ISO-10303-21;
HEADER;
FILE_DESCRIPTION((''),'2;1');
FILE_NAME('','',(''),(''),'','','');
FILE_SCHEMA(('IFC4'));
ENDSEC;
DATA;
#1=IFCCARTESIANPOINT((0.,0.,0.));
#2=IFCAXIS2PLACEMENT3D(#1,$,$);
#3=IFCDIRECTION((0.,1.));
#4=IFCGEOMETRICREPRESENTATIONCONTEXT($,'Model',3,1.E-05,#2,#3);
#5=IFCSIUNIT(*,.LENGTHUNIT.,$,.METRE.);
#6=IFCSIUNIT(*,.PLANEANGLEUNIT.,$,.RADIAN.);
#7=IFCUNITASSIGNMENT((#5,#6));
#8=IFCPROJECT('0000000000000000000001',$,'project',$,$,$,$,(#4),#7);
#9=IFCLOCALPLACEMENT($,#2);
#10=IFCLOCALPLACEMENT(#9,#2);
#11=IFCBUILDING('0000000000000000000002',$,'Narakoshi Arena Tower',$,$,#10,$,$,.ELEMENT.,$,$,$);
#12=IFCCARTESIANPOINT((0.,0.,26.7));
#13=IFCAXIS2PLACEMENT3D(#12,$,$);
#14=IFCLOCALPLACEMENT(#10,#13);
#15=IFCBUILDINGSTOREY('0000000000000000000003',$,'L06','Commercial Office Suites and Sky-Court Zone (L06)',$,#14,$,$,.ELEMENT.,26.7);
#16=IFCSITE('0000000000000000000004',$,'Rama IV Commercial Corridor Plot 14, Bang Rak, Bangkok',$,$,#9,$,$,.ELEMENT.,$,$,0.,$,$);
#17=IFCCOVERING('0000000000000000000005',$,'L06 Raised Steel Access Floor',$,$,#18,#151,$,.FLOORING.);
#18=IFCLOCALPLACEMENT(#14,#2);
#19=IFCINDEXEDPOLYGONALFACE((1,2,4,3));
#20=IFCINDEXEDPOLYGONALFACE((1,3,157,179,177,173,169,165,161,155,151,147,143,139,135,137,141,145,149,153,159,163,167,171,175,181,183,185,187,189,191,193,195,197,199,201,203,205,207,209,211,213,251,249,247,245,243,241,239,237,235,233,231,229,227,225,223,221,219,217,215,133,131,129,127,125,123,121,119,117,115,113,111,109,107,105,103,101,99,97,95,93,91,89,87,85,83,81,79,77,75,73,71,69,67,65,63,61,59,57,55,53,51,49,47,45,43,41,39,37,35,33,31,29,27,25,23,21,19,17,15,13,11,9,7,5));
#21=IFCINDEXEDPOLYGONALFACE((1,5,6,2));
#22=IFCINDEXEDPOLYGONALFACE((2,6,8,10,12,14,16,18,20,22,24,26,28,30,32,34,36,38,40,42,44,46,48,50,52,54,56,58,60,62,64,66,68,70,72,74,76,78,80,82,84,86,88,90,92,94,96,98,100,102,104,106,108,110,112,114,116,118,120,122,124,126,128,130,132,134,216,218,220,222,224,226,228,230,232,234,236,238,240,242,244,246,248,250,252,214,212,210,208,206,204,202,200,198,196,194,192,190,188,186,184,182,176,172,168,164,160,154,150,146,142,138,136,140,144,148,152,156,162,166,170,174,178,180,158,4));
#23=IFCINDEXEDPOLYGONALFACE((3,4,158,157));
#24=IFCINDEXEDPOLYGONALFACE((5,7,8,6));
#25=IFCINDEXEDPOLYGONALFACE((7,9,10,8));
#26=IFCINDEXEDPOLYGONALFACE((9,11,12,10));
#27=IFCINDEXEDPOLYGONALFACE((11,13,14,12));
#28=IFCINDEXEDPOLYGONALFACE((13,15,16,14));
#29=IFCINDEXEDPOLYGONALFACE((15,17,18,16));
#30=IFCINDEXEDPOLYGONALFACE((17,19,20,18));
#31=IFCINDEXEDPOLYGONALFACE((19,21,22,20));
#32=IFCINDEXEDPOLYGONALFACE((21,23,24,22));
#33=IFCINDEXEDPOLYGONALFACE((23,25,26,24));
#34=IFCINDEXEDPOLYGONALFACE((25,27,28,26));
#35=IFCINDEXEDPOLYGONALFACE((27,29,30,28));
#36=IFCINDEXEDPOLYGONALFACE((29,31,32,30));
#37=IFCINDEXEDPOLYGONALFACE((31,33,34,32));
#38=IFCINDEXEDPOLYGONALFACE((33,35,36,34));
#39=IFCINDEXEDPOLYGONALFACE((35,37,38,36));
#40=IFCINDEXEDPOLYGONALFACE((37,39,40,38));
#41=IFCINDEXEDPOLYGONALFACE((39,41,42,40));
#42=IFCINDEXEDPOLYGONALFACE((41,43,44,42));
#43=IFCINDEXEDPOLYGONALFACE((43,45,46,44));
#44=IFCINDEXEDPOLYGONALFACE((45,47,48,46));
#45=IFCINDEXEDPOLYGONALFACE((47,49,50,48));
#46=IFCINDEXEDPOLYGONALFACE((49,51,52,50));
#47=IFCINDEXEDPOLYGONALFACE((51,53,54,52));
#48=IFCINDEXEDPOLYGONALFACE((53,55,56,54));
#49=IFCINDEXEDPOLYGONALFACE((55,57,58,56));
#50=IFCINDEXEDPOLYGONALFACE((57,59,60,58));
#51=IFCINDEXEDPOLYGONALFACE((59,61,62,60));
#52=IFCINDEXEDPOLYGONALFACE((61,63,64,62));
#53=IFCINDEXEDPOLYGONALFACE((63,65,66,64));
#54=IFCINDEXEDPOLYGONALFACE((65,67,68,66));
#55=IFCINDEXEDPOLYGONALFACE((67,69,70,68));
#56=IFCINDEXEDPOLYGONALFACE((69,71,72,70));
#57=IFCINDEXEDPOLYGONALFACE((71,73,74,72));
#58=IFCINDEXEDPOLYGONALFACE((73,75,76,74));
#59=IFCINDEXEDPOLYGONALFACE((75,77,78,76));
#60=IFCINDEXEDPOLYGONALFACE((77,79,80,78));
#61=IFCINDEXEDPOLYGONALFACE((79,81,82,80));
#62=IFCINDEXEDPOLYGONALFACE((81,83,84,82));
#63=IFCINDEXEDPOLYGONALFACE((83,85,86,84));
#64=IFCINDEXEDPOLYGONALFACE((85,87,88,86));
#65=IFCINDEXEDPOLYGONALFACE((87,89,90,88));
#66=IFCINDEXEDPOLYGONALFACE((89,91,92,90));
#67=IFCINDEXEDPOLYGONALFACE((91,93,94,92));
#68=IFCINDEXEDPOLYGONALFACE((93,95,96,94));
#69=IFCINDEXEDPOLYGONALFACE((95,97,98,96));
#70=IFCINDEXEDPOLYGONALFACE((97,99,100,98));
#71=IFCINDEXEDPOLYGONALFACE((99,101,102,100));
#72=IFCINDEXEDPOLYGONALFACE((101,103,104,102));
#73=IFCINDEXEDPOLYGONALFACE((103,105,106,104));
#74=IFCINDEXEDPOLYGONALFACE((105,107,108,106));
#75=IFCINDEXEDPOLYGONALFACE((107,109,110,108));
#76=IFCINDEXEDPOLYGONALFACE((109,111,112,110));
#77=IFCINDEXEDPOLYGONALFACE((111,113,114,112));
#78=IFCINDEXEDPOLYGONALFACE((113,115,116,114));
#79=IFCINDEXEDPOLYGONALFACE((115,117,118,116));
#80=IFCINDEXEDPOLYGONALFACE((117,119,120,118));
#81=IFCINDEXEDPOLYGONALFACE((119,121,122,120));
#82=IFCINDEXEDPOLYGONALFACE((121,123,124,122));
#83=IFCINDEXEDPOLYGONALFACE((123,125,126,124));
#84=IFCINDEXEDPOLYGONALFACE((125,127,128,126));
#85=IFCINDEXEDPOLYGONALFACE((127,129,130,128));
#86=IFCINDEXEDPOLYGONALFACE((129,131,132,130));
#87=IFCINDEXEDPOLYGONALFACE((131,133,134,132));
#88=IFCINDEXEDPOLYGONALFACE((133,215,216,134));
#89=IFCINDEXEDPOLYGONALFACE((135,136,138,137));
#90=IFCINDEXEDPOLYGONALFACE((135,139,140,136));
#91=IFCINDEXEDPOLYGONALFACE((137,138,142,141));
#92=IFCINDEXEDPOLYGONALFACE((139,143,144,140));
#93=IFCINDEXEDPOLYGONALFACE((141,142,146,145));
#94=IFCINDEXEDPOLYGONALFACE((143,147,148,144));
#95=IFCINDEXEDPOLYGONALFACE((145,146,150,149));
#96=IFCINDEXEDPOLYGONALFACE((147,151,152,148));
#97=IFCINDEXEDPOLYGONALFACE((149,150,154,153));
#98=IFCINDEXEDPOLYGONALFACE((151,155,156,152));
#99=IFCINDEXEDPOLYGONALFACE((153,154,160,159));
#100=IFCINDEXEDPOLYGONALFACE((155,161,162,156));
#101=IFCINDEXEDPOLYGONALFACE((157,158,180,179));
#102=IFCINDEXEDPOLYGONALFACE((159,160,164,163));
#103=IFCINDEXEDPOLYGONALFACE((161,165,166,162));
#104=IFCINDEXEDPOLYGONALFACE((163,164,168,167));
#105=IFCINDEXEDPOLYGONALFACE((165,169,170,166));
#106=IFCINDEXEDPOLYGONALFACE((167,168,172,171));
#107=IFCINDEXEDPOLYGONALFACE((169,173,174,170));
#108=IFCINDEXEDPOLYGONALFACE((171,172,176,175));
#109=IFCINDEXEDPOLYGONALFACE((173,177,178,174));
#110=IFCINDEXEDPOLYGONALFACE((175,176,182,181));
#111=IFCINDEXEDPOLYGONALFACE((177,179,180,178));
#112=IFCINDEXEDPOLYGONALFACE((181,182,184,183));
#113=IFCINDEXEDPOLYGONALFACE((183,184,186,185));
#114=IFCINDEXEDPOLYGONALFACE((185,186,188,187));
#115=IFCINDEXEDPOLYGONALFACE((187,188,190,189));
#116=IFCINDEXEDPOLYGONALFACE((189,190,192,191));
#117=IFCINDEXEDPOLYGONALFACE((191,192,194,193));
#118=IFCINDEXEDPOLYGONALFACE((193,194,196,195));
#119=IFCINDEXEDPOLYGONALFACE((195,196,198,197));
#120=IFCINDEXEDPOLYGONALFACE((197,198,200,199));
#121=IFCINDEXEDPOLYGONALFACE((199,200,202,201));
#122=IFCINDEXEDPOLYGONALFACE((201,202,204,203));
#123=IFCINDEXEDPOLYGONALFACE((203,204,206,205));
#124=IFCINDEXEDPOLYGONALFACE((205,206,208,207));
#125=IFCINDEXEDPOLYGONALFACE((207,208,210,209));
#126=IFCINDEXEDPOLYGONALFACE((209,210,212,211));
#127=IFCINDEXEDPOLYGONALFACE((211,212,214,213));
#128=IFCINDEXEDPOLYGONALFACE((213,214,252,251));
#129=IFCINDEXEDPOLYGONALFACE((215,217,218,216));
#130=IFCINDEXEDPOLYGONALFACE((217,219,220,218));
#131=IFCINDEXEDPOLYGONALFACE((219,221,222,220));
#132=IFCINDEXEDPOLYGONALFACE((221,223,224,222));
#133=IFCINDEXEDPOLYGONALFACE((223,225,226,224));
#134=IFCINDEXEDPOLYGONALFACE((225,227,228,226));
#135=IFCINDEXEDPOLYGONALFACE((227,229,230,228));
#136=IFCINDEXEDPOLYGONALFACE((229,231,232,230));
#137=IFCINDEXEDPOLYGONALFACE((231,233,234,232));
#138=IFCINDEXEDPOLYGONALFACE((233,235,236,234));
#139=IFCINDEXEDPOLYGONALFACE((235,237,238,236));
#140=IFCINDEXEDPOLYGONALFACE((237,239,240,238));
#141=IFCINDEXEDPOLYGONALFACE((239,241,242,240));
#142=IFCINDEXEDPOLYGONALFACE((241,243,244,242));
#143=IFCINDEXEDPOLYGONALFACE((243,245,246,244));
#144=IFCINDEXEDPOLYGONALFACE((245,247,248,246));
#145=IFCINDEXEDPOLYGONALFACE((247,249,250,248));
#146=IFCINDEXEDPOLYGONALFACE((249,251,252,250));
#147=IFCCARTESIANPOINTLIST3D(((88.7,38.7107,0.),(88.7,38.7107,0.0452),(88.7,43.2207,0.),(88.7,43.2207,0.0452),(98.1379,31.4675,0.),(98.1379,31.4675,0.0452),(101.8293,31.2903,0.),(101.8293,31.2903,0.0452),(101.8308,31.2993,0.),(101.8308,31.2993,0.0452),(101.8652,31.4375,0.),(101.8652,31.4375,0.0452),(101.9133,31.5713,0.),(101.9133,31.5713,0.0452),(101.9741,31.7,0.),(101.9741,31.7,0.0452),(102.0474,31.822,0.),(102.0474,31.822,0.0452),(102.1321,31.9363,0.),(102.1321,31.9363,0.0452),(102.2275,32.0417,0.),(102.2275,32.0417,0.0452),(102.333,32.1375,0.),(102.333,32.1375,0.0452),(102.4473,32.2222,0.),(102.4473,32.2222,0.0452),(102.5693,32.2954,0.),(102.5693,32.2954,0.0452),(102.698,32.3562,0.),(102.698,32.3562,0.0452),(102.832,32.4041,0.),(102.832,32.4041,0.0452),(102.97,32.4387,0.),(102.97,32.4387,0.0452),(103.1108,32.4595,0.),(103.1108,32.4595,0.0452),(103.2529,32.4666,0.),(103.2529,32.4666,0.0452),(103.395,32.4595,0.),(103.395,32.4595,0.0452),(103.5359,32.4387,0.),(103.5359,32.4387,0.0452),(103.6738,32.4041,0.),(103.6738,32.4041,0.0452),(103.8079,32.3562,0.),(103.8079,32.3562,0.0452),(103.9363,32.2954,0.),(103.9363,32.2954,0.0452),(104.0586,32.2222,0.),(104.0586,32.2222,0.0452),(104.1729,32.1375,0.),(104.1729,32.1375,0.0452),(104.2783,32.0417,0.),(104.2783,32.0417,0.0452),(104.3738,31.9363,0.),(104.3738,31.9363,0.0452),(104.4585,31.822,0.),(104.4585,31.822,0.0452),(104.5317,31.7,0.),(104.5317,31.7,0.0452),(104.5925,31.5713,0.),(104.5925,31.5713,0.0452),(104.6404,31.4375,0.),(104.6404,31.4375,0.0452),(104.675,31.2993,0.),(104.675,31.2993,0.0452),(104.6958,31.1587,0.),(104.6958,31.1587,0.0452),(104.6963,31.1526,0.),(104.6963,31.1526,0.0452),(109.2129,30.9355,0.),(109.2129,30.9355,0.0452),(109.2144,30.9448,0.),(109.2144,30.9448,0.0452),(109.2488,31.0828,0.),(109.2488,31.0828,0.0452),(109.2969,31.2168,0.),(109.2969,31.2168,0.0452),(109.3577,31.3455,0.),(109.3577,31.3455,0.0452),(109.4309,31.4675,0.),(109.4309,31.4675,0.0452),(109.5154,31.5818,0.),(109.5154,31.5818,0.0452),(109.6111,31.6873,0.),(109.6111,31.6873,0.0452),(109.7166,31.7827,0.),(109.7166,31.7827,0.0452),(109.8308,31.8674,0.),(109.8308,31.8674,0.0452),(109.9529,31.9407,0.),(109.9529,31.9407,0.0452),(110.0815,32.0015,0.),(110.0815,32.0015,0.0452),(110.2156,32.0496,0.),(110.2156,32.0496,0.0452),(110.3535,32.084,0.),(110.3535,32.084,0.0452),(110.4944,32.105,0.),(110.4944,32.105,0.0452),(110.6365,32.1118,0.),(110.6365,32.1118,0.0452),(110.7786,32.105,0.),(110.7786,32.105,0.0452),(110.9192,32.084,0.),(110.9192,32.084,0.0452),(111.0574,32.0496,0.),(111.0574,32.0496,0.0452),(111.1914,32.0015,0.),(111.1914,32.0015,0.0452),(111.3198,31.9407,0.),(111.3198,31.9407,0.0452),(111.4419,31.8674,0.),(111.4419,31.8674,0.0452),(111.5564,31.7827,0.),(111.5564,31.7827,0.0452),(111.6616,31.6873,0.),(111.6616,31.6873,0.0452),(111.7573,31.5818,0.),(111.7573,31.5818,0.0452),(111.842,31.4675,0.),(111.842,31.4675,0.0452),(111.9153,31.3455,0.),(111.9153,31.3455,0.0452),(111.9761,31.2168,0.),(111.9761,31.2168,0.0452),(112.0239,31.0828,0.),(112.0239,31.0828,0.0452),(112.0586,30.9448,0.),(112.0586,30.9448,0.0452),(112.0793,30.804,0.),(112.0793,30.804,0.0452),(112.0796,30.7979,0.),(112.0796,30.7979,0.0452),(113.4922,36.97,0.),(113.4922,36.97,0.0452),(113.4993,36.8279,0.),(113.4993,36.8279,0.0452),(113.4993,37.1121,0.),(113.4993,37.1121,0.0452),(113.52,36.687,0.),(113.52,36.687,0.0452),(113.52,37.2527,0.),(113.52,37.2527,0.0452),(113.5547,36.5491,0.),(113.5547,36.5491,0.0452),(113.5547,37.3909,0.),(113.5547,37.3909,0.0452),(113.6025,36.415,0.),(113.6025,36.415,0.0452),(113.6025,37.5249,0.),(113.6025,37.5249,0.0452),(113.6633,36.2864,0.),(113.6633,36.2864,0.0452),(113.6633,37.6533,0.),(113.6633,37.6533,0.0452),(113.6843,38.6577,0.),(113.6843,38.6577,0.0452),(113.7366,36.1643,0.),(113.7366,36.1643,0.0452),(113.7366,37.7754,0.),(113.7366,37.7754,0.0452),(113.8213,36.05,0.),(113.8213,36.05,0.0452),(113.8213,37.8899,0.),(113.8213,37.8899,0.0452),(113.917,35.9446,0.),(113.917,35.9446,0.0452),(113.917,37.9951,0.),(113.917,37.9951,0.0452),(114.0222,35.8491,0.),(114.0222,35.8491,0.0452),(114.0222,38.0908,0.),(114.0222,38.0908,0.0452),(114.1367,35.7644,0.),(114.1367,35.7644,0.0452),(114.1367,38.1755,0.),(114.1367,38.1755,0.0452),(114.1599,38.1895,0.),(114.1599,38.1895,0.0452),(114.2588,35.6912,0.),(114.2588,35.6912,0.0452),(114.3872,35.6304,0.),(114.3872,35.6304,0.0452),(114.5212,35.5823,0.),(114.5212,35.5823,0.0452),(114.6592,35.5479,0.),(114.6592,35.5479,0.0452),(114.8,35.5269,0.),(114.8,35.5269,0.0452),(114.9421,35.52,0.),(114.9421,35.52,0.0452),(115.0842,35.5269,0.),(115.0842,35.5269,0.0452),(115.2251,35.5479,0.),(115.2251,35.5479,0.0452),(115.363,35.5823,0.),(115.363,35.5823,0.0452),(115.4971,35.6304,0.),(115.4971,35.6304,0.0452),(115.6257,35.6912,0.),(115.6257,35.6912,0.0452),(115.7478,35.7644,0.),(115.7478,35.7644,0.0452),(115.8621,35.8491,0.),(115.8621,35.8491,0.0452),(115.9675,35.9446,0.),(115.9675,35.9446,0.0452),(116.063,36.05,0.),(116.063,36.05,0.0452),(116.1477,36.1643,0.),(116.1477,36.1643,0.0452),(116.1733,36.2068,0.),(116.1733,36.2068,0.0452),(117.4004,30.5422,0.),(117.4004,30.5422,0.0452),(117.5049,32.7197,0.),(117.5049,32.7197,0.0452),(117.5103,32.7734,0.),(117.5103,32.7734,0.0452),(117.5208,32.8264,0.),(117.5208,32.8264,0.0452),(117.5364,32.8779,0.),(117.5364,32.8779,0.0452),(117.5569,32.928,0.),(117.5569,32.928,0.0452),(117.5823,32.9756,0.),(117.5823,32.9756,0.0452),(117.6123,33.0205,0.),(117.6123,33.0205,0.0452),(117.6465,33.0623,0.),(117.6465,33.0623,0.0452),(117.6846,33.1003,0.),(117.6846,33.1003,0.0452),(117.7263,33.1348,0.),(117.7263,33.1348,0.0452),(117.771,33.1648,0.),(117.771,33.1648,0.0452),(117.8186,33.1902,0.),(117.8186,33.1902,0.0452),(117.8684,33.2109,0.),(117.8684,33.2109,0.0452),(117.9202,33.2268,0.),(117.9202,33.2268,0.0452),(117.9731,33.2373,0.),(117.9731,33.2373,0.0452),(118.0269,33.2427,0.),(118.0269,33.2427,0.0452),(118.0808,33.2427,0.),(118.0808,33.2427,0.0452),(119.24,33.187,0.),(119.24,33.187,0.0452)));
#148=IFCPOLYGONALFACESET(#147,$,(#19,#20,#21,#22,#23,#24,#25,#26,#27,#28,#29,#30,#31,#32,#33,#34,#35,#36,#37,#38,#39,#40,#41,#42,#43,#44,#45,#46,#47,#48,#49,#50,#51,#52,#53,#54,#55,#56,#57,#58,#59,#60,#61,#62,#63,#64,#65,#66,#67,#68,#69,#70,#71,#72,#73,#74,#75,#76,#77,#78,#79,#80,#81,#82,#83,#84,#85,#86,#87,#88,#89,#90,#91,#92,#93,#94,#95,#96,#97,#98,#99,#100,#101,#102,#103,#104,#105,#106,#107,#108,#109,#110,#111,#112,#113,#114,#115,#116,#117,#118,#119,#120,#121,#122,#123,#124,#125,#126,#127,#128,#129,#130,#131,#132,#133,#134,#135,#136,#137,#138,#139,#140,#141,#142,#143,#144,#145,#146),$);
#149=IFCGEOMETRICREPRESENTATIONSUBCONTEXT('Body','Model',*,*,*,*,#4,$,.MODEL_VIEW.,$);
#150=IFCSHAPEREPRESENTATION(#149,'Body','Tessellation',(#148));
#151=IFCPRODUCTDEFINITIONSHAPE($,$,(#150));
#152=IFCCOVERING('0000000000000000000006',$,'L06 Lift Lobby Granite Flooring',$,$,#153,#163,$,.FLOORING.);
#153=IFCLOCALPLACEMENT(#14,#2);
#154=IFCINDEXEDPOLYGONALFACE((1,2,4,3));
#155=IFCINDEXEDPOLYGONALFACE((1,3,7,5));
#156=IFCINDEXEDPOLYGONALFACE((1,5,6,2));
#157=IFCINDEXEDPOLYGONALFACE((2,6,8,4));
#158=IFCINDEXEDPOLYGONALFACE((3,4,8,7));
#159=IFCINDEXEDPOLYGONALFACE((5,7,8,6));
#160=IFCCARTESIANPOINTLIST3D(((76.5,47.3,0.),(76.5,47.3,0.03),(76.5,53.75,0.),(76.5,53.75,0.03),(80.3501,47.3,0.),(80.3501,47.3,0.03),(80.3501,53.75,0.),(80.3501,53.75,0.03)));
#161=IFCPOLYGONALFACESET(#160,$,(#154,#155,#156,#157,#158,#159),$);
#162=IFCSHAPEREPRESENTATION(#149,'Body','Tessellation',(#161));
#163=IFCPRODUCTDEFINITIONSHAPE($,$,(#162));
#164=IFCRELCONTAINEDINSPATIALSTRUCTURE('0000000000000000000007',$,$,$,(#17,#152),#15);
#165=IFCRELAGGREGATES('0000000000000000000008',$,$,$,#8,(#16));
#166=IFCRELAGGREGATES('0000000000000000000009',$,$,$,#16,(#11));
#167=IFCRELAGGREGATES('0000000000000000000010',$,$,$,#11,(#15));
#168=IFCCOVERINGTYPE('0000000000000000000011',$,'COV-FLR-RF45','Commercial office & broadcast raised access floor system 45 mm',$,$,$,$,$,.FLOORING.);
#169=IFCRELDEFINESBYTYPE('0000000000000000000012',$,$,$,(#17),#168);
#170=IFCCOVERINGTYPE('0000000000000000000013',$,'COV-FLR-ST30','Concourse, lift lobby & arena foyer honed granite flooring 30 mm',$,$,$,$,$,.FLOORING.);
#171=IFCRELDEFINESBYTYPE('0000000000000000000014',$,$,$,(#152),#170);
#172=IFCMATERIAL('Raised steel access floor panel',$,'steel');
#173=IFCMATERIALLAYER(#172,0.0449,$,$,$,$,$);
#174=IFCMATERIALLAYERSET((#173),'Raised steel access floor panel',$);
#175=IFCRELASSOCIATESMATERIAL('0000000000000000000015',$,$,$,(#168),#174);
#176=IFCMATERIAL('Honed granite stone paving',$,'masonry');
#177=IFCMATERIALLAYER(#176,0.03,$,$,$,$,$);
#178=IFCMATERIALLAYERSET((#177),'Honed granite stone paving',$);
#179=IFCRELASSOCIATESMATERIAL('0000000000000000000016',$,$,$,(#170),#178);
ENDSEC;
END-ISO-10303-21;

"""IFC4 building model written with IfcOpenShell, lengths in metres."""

from ifc_helpers import new_model, si_unit, direction, frame, origin, place, context, subcontext, project, spatial, polyline, outline, extrude, material, layer, layer_set, type_object, element, save


model = new_model("IFC4")

# Units and contexts
model_context = context("Model", 3, precision=1e-05, world=origin(), true_north=direction((0.0, 1.0)))
body_context = subcontext(model_context, "Body", "Model", "MODEL_VIEW")
ifc_project = project(units=[si_unit("LENGTHUNIT", "METRE"), si_unit("PLANEANGLEUNIT", "RADIAN")], contexts=[model_context])

# Site, building, storey
site_placement = place(None, origin())
site = spatial("IfcSite", under=ifc_project, at=site_placement, Name="Rama IV Commercial Corridor Plot 14, Bang Rak, Bangkok", CompositionType="ELEMENT", RefElevation=0.0)
building_placement = place(site_placement, origin())
building = spatial("IfcBuilding", under=site, at=building_placement, Name="Narakoshi Arena Tower", CompositionType="ELEMENT")
storey_placement = place(building_placement, frame((0.0, 0.0, 26.7)))
storey = spatial("IfcBuildingStorey", under=building, at=storey_placement, Name="L06", Description="Commercial Office Suites and Sky-Court Zone (L06)", CompositionType="ELEMENT", Elevation=26.7)

# Coverings
ifc_material_1 = material(Name="Raised steel access floor panel", Category="steel")
ifc_layer_1 = layer(ifc_material_1, 0.0449)
ifc_layer_set_1 = layer_set([ifc_layer_1], Name="Raised steel access floor panel")
covering_type_1 = type_object("IfcCoveringType", Name="COV-FLR-RF45", Description="Commercial office & broadcast raised access floor system 45 mm", PredefinedType="FLOORING", material=ifc_layer_set_1)
covering_1_placement = place(storey_placement, origin())
element("IfcCovering", 1, at=covering_1_placement, inside=storey, type_object=covering_type_1, Name="L06 Raised Steel Access Floor", PredefinedType="FLOORING", context=body_context, shape_type="SweptSolid", body=[
    extrude(outline(polyline([(112.0796, 30.7979), (112.0793, 30.804), (112.0586, 30.9448), (112.0239, 31.0828), (111.9761, 31.2168), (111.9153, 31.3455), (111.842, 31.4675), (111.7573, 31.5818), (111.6616, 31.6873), (111.5564, 31.7827), (111.4419, 31.8674), (111.3198, 31.9407), (111.1914, 32.0015), (111.0574, 32.0496), (110.9192, 32.084), (110.7786, 32.105), (110.6365, 32.1118), (110.4944, 32.105), (110.3535, 32.084), (110.2156, 32.0496), (110.0815, 32.0015), (109.9529, 31.9407), (109.8308, 31.8674), (109.7166, 31.7827), (109.6111, 31.6873), (109.5154, 31.5818), (109.4309, 31.4675), (109.3577, 31.3455), (109.2969, 31.2168), (109.2488, 31.0828), (109.2144, 30.9448), (109.2129, 30.9355), (104.6963, 31.1526), (104.6958, 31.1587), (104.675, 31.2993), (104.6404, 31.4375), (104.5925, 31.5713), (104.5317, 31.7), (104.4585, 31.822), (104.3738, 31.9363), (104.2783, 32.0417), (104.1729, 32.1375), (104.0586, 32.2222), (103.9363, 32.2954), (103.8079, 32.3562), (103.6738, 32.4041), (103.5359, 32.4387), (103.395, 32.4595), (103.2529, 32.4666), (103.1108, 32.4595), (102.97, 32.4387), (102.832, 32.4041), (102.698, 32.3562), (102.5693, 32.2954), (102.4473, 32.2222), (102.333, 32.1375), (102.2275, 32.0417), (102.1321, 31.9363), (102.0474, 31.822), (101.9741, 31.7), (101.9133, 31.5713), (101.8652, 31.4375), (101.8308, 31.2993), (101.8293, 31.2903), (98.1379, 31.4675), (88.7, 38.7107), (88.7, 43.2207), (113.6843, 38.6577), (114.1599, 38.1895), (114.1367, 38.1755), (114.0222, 38.0908), (113.917, 37.9951), (113.8213, 37.8899), (113.7366, 37.7754), (113.6633, 37.6533), (113.6025, 37.5249), (113.5547, 37.3909), (113.52, 37.2527), (113.4993, 37.1121), (113.4922, 36.97), (113.4993, 36.8279), (113.52, 36.687), (113.5547, 36.5491), (113.6025, 36.415), (113.6633, 36.2864), (113.7366, 36.1643), (113.8213, 36.05), (113.917, 35.9446), (114.0222, 35.8491), (114.1367, 35.7644), (114.2588, 35.6912), (114.3872, 35.6304), (114.5212, 35.5823), (114.6592, 35.5479), (114.8, 35.5269), (114.9421, 35.52), (115.0842, 35.5269), (115.2251, 35.5479), (115.363, 35.5823), (115.4971, 35.6304), (115.6257, 35.6912), (115.7478, 35.7644), (115.8621, 35.8491), (115.9675, 35.9446), (116.063, 36.05), (116.1477, 36.1643), (116.1733, 36.2068), (119.24, 33.187), (118.0808, 33.2427), (118.0269, 33.2427), (117.9731, 33.2373), (117.9202, 33.2268), (117.8684, 33.2109), (117.8186, 33.1902), (117.771, 33.1648), (117.7263, 33.1348), (117.6846, 33.1003), (117.6465, 33.0623), (117.6123, 33.0205), (117.5823, 32.9756), (117.5569, 32.928), (117.5364, 32.8779), (117.5208, 32.8264), (117.5103, 32.7734), (117.5049, 32.7197), (117.4004, 30.5422), (112.0796, 30.7979)])), origin(), (0.0, 0.0, 1.0), 0.0452),
])
ifc_material_2 = material(Name="Honed granite stone paving", Category="masonry")
ifc_layer_2 = layer(ifc_material_2, 0.03)
ifc_layer_set_2 = layer_set([ifc_layer_2], Name="Honed granite stone paving")
covering_type_2 = type_object("IfcCoveringType", Name="COV-FLR-ST30", Description="Concourse, lift lobby & arena foyer honed granite flooring 30 mm", PredefinedType="FLOORING", material=ifc_layer_set_2)
covering_2_placement = place(storey_placement, origin())
element("IfcCovering", 2, at=covering_2_placement, inside=storey, type_object=covering_type_2, Name="L06 Lift Lobby Granite Flooring", PredefinedType="FLOORING", context=body_context, shape_type="SweptSolid", body=[
    extrude(outline(polyline([(76.5, 47.3), (80.3501, 47.3), (80.3501, 53.75), (76.5, 53.75), (76.5, 47.3)])), origin(), (0.0, 0.0, 1.0), 0.03),
])

save(model, "model.ifc")
